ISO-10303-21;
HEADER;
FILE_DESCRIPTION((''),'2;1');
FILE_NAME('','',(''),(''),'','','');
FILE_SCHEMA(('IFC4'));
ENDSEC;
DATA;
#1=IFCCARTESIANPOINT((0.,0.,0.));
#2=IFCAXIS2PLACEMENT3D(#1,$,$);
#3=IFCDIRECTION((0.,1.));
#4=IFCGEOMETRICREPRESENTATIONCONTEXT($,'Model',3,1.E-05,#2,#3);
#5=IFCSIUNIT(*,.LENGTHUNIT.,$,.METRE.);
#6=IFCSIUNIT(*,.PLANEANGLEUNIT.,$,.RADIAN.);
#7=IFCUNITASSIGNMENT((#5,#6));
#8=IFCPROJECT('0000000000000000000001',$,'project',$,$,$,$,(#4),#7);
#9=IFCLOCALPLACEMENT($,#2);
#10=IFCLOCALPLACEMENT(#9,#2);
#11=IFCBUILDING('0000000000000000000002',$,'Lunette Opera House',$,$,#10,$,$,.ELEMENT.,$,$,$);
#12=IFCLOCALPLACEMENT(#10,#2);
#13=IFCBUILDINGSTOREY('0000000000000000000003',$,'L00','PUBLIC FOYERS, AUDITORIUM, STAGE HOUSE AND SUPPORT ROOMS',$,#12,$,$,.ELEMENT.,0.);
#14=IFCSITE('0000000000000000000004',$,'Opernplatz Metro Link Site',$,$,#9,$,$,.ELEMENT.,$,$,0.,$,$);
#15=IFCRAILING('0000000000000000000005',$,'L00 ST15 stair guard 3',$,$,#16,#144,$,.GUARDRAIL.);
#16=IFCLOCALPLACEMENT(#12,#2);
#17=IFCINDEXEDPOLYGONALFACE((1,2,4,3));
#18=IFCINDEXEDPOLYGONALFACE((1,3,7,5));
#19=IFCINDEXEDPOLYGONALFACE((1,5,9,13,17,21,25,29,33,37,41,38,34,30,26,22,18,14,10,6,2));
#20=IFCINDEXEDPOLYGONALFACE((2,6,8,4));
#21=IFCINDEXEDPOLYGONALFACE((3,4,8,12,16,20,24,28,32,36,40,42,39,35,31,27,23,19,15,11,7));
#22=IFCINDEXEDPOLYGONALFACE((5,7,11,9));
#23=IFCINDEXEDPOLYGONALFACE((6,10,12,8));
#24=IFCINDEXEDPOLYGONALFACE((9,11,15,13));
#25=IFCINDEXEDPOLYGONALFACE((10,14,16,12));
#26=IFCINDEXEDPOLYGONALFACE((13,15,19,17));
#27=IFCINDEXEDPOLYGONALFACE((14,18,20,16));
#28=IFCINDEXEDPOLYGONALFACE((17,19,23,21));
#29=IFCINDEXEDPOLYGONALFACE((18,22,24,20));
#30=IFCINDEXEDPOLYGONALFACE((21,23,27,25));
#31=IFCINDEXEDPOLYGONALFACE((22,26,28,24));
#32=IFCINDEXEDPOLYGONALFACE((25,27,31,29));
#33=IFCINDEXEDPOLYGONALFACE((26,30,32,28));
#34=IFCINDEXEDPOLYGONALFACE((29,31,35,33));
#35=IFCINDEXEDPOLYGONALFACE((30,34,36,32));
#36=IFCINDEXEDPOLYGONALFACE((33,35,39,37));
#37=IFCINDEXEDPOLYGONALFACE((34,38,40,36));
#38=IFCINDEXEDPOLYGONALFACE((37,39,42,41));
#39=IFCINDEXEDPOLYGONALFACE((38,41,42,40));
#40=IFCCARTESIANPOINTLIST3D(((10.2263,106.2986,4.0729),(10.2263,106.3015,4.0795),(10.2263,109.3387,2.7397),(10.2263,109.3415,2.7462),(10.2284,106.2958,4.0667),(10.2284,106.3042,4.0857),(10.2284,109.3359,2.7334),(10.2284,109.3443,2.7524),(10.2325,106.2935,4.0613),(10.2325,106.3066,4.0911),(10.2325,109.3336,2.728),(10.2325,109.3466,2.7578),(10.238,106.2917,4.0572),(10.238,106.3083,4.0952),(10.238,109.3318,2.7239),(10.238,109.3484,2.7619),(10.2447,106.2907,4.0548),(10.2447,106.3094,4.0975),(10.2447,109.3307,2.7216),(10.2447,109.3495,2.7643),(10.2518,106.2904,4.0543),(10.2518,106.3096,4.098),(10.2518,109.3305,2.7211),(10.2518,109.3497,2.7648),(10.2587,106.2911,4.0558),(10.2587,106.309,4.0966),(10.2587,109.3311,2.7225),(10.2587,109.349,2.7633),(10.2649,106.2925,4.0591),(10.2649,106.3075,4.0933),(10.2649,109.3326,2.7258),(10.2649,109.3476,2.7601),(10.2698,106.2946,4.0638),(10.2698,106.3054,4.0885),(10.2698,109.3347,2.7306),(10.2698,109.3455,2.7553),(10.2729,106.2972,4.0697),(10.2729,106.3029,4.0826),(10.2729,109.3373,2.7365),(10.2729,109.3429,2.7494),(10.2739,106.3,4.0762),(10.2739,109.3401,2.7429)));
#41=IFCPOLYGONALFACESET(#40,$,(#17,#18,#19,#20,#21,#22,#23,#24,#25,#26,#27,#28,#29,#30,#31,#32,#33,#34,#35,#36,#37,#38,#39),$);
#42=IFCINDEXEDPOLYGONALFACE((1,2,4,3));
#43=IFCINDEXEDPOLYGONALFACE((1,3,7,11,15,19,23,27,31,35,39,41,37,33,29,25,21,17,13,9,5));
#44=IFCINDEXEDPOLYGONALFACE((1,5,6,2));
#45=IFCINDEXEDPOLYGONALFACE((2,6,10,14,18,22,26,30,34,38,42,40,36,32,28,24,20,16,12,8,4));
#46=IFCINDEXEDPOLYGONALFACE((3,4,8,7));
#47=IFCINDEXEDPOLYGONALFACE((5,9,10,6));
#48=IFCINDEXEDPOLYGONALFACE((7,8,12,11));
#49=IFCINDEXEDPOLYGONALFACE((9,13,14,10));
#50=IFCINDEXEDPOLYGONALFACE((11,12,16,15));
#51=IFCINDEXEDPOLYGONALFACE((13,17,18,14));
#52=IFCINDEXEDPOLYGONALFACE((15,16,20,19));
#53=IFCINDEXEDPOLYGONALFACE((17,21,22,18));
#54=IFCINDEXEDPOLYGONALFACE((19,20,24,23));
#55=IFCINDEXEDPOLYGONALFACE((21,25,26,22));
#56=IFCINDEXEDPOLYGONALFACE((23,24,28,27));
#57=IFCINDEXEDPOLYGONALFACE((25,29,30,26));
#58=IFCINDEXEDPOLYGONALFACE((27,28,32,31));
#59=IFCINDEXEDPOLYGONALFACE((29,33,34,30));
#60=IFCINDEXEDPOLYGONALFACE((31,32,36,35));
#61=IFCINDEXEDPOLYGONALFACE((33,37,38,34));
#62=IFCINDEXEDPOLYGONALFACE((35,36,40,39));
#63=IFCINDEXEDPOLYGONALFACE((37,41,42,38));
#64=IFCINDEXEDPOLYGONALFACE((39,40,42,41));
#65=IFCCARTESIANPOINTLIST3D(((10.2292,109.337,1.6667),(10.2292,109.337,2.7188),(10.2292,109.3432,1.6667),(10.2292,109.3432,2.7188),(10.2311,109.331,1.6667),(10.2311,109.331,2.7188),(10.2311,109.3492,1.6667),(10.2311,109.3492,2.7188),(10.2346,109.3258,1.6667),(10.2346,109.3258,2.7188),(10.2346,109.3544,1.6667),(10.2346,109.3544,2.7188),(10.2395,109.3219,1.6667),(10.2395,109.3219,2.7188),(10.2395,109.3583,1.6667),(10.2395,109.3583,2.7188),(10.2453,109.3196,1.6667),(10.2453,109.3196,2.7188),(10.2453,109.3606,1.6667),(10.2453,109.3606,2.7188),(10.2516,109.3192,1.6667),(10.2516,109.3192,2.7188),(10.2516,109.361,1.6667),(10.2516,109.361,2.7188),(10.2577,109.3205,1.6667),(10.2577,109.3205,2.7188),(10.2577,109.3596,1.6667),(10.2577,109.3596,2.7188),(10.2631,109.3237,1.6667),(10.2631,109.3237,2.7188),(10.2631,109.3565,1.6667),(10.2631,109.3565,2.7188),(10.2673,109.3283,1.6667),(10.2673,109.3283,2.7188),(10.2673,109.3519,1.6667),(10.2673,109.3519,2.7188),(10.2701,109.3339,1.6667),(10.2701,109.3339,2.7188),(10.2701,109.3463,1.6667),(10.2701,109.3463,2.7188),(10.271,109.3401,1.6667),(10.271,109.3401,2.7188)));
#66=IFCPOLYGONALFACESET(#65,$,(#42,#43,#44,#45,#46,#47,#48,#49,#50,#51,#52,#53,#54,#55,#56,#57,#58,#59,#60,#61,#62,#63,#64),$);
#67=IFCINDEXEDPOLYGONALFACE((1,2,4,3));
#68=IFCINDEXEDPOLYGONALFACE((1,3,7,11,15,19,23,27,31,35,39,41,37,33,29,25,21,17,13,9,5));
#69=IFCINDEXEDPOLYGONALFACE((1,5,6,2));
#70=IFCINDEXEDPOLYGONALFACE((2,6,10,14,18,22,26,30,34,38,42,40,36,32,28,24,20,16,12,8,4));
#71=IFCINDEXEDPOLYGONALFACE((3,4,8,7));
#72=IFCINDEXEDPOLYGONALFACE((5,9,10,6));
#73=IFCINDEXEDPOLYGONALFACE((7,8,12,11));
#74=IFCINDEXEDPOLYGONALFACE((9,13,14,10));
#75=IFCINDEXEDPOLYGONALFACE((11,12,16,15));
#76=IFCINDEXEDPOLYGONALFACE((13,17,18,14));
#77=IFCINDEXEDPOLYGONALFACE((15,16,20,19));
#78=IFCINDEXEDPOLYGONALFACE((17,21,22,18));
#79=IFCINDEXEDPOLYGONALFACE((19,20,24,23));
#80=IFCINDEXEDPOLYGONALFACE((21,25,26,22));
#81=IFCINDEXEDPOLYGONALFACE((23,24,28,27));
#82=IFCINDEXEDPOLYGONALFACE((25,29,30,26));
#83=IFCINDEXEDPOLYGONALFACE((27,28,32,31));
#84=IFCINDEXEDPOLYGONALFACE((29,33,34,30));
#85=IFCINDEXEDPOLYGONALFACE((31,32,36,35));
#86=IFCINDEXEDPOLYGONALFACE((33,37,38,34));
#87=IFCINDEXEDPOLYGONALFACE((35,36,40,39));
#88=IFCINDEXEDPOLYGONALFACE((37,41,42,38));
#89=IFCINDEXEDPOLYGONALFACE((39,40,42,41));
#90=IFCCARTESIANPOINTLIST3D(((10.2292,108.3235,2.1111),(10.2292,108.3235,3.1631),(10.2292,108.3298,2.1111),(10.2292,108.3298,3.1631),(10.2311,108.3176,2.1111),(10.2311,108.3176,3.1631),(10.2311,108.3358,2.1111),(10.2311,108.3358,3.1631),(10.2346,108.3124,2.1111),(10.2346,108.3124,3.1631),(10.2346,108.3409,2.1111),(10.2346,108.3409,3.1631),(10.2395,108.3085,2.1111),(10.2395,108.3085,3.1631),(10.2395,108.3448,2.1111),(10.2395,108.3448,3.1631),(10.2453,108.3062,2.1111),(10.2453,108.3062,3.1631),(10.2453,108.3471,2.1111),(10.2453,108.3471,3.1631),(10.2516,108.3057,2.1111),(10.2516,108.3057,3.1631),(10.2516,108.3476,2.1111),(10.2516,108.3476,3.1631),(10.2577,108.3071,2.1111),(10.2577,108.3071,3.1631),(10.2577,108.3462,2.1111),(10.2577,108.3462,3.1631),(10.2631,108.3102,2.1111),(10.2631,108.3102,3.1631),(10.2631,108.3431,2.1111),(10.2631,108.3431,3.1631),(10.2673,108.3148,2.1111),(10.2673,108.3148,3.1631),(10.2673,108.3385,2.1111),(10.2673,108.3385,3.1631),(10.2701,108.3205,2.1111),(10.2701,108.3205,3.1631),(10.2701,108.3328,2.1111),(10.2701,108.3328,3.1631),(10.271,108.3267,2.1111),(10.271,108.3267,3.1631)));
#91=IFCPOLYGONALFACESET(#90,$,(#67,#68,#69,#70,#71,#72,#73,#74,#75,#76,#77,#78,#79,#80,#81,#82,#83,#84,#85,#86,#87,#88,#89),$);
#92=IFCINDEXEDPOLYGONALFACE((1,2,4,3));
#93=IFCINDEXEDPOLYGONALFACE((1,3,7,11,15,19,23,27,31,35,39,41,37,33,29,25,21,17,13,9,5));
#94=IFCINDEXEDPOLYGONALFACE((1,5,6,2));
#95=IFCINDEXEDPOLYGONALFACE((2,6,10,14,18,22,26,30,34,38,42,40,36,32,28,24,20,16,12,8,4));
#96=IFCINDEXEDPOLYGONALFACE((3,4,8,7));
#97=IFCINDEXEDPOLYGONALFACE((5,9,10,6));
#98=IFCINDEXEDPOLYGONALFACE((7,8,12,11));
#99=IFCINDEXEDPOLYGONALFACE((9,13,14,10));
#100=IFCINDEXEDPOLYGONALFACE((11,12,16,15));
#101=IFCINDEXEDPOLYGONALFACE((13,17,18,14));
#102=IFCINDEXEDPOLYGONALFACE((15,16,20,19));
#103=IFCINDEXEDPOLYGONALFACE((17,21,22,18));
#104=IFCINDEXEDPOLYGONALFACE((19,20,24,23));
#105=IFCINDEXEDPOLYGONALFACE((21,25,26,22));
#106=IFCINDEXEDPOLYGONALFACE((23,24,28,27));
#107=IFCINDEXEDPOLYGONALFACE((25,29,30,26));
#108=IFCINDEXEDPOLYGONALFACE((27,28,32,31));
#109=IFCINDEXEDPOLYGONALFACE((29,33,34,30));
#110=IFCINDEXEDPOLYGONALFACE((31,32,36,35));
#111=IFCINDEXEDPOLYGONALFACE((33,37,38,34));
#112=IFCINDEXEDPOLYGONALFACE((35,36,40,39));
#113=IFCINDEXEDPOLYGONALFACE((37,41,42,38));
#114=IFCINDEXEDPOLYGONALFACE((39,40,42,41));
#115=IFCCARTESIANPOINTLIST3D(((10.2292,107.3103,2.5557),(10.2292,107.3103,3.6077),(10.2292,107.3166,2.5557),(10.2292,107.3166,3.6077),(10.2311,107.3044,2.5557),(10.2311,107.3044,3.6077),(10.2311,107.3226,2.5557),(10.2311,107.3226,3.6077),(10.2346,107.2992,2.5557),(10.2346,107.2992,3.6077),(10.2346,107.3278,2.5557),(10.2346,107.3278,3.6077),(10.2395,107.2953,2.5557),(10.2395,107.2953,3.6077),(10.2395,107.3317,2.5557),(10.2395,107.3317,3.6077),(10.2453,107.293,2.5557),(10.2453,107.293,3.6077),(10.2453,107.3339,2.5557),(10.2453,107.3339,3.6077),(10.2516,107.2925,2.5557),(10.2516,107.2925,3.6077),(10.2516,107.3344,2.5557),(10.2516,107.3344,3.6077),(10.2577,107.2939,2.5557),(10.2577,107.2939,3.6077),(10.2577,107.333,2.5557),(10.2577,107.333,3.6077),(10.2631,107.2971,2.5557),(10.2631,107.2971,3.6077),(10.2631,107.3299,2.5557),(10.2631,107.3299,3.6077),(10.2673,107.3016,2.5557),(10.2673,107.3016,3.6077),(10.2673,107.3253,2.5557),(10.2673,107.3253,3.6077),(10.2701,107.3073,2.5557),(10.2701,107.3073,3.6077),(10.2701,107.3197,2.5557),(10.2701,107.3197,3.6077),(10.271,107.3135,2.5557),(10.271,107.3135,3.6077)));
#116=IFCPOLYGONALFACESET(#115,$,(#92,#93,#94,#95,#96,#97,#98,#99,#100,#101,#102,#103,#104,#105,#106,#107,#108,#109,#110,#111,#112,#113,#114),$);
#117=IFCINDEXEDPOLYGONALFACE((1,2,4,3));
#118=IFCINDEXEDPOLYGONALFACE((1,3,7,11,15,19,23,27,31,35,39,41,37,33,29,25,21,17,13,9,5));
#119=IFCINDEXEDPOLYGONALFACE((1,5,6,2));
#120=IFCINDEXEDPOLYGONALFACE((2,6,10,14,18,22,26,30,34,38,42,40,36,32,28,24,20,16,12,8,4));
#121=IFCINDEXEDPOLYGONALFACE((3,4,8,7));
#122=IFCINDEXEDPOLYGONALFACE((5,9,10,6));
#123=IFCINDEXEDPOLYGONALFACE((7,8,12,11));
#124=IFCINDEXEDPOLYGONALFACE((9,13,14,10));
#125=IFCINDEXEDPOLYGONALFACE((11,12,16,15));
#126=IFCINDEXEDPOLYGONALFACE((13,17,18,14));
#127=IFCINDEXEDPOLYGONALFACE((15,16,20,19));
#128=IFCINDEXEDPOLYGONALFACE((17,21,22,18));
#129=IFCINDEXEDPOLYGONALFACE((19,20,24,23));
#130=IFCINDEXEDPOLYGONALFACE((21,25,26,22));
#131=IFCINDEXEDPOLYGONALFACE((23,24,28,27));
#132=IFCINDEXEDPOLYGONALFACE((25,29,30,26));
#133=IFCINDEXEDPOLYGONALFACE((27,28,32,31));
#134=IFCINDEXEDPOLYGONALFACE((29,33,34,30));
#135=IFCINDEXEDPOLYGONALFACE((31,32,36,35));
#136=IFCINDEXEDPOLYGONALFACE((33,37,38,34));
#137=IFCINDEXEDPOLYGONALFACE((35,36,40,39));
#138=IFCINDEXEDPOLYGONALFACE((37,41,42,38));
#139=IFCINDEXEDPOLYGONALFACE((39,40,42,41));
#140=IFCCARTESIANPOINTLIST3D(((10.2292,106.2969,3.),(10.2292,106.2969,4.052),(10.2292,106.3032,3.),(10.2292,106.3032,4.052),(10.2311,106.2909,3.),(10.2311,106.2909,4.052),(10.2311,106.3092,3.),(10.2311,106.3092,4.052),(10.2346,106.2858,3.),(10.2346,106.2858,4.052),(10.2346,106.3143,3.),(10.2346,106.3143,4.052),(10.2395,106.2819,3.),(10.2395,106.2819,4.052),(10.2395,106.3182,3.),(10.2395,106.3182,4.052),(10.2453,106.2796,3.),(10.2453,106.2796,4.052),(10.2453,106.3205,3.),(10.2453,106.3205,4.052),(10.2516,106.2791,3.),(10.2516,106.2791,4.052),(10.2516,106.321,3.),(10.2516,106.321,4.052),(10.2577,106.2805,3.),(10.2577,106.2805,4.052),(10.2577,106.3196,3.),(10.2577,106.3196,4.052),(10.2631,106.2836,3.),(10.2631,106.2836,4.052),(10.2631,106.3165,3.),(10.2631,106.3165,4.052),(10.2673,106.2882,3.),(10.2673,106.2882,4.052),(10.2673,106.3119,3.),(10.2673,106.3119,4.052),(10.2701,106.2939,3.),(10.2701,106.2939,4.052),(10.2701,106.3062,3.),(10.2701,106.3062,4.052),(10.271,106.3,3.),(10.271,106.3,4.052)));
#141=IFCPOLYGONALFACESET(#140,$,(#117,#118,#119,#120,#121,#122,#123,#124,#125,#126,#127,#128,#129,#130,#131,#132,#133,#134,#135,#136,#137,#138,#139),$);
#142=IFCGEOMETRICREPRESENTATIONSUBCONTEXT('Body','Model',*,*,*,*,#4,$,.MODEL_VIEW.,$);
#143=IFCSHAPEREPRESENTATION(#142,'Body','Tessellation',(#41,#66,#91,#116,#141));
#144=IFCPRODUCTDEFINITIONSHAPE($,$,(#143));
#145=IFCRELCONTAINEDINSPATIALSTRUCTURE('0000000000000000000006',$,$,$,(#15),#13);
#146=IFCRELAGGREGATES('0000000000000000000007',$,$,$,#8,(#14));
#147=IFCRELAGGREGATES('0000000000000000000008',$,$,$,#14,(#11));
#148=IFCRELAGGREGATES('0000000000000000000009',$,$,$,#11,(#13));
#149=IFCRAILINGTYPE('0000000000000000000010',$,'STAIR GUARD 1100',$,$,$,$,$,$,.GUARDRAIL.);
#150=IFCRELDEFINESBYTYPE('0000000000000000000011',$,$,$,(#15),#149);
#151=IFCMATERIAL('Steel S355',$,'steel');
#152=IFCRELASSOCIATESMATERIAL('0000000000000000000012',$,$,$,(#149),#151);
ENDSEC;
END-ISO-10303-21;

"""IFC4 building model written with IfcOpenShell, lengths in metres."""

from ifc_helpers import new_model, si_unit, direction, frame, origin, origin_2d, place, context, subcontext, project, spatial, circle, extrude, material, type_object, element, save


model = new_model("IFC4")

# Units and contexts
model_context = context("Model", 3, precision=1e-05, world=origin(), true_north=direction((0.0, 1.0)))
body_context = subcontext(model_context, "Body", "Model", "MODEL_VIEW")
ifc_project = project(units=[si_unit("LENGTHUNIT", "METRE"), si_unit("PLANEANGLEUNIT", "RADIAN")], contexts=[model_context])

# Site, building, storey
site_placement = place(None, origin())
site = spatial("IfcSite", under=ifc_project, at=site_placement, Name="Opernplatz Metro Link Site", CompositionType="ELEMENT", RefElevation=0.0)
building_placement = place(site_placement, origin())
building = spatial("IfcBuilding", under=site, at=building_placement, Name="Lunette Opera House", CompositionType="ELEMENT")
storey_placement = place(building_placement, origin())
storey = spatial("IfcBuildingStorey", under=building, at=storey_placement, Name="L00", Description="PUBLIC FOYERS, AUDITORIUM, STAGE HOUSE AND SUPPORT ROOMS", CompositionType="ELEMENT", Elevation=0.0)

# Railing
ifc_material_1 = material(Name="Steel S355", Category="steel")
railing_type_1 = type_object("IfcRailingType", Name="STAIR GUARD 1100", PredefinedType="GUARDRAIL", material=ifc_material_1)
railing_1_placement = place(storey_placement, frame((10.25, 109.3401, 1.6667)))
element("IfcRailing", 1, at=railing_1_placement, inside=storey, type_object=railing_type_1, Name="L00 ST15 stair guard 3", PredefinedType="GUARDRAIL", context=body_context, shape_type="SweptSolid", body=[
    extrude(circle(Radius=0.0239, at=origin_2d()), frame((0.0, 0.0, 1.0762), z_axis=(0.0, -0.915799, 0.401637), x_axis=(1.0, 0.0, 0.0)), (0.0, 0.0, 1.0), 3.3196),
    extrude(circle(Radius=0.021, at=origin_2d()), origin(), (0.0, 0.0, 1.0), 1.052),
    extrude(circle(Radius=0.021, at=origin_2d()), frame((0.0, -1.0134, 0.4443)), (0.0, 0.0, 1.0), 1.052),
    extrude(circle(Radius=0.021, at=origin_2d()), frame((0.0, -2.0266, 0.8889)), (0.0, 0.0, 1.0), 1.052),
    extrude(circle(Radius=0.021, at=origin_2d()), frame((0.0, -3.04, 1.3333)), (0.0, 0.0, 1.0), 1.052),
])

save(model, "model.ifc")
